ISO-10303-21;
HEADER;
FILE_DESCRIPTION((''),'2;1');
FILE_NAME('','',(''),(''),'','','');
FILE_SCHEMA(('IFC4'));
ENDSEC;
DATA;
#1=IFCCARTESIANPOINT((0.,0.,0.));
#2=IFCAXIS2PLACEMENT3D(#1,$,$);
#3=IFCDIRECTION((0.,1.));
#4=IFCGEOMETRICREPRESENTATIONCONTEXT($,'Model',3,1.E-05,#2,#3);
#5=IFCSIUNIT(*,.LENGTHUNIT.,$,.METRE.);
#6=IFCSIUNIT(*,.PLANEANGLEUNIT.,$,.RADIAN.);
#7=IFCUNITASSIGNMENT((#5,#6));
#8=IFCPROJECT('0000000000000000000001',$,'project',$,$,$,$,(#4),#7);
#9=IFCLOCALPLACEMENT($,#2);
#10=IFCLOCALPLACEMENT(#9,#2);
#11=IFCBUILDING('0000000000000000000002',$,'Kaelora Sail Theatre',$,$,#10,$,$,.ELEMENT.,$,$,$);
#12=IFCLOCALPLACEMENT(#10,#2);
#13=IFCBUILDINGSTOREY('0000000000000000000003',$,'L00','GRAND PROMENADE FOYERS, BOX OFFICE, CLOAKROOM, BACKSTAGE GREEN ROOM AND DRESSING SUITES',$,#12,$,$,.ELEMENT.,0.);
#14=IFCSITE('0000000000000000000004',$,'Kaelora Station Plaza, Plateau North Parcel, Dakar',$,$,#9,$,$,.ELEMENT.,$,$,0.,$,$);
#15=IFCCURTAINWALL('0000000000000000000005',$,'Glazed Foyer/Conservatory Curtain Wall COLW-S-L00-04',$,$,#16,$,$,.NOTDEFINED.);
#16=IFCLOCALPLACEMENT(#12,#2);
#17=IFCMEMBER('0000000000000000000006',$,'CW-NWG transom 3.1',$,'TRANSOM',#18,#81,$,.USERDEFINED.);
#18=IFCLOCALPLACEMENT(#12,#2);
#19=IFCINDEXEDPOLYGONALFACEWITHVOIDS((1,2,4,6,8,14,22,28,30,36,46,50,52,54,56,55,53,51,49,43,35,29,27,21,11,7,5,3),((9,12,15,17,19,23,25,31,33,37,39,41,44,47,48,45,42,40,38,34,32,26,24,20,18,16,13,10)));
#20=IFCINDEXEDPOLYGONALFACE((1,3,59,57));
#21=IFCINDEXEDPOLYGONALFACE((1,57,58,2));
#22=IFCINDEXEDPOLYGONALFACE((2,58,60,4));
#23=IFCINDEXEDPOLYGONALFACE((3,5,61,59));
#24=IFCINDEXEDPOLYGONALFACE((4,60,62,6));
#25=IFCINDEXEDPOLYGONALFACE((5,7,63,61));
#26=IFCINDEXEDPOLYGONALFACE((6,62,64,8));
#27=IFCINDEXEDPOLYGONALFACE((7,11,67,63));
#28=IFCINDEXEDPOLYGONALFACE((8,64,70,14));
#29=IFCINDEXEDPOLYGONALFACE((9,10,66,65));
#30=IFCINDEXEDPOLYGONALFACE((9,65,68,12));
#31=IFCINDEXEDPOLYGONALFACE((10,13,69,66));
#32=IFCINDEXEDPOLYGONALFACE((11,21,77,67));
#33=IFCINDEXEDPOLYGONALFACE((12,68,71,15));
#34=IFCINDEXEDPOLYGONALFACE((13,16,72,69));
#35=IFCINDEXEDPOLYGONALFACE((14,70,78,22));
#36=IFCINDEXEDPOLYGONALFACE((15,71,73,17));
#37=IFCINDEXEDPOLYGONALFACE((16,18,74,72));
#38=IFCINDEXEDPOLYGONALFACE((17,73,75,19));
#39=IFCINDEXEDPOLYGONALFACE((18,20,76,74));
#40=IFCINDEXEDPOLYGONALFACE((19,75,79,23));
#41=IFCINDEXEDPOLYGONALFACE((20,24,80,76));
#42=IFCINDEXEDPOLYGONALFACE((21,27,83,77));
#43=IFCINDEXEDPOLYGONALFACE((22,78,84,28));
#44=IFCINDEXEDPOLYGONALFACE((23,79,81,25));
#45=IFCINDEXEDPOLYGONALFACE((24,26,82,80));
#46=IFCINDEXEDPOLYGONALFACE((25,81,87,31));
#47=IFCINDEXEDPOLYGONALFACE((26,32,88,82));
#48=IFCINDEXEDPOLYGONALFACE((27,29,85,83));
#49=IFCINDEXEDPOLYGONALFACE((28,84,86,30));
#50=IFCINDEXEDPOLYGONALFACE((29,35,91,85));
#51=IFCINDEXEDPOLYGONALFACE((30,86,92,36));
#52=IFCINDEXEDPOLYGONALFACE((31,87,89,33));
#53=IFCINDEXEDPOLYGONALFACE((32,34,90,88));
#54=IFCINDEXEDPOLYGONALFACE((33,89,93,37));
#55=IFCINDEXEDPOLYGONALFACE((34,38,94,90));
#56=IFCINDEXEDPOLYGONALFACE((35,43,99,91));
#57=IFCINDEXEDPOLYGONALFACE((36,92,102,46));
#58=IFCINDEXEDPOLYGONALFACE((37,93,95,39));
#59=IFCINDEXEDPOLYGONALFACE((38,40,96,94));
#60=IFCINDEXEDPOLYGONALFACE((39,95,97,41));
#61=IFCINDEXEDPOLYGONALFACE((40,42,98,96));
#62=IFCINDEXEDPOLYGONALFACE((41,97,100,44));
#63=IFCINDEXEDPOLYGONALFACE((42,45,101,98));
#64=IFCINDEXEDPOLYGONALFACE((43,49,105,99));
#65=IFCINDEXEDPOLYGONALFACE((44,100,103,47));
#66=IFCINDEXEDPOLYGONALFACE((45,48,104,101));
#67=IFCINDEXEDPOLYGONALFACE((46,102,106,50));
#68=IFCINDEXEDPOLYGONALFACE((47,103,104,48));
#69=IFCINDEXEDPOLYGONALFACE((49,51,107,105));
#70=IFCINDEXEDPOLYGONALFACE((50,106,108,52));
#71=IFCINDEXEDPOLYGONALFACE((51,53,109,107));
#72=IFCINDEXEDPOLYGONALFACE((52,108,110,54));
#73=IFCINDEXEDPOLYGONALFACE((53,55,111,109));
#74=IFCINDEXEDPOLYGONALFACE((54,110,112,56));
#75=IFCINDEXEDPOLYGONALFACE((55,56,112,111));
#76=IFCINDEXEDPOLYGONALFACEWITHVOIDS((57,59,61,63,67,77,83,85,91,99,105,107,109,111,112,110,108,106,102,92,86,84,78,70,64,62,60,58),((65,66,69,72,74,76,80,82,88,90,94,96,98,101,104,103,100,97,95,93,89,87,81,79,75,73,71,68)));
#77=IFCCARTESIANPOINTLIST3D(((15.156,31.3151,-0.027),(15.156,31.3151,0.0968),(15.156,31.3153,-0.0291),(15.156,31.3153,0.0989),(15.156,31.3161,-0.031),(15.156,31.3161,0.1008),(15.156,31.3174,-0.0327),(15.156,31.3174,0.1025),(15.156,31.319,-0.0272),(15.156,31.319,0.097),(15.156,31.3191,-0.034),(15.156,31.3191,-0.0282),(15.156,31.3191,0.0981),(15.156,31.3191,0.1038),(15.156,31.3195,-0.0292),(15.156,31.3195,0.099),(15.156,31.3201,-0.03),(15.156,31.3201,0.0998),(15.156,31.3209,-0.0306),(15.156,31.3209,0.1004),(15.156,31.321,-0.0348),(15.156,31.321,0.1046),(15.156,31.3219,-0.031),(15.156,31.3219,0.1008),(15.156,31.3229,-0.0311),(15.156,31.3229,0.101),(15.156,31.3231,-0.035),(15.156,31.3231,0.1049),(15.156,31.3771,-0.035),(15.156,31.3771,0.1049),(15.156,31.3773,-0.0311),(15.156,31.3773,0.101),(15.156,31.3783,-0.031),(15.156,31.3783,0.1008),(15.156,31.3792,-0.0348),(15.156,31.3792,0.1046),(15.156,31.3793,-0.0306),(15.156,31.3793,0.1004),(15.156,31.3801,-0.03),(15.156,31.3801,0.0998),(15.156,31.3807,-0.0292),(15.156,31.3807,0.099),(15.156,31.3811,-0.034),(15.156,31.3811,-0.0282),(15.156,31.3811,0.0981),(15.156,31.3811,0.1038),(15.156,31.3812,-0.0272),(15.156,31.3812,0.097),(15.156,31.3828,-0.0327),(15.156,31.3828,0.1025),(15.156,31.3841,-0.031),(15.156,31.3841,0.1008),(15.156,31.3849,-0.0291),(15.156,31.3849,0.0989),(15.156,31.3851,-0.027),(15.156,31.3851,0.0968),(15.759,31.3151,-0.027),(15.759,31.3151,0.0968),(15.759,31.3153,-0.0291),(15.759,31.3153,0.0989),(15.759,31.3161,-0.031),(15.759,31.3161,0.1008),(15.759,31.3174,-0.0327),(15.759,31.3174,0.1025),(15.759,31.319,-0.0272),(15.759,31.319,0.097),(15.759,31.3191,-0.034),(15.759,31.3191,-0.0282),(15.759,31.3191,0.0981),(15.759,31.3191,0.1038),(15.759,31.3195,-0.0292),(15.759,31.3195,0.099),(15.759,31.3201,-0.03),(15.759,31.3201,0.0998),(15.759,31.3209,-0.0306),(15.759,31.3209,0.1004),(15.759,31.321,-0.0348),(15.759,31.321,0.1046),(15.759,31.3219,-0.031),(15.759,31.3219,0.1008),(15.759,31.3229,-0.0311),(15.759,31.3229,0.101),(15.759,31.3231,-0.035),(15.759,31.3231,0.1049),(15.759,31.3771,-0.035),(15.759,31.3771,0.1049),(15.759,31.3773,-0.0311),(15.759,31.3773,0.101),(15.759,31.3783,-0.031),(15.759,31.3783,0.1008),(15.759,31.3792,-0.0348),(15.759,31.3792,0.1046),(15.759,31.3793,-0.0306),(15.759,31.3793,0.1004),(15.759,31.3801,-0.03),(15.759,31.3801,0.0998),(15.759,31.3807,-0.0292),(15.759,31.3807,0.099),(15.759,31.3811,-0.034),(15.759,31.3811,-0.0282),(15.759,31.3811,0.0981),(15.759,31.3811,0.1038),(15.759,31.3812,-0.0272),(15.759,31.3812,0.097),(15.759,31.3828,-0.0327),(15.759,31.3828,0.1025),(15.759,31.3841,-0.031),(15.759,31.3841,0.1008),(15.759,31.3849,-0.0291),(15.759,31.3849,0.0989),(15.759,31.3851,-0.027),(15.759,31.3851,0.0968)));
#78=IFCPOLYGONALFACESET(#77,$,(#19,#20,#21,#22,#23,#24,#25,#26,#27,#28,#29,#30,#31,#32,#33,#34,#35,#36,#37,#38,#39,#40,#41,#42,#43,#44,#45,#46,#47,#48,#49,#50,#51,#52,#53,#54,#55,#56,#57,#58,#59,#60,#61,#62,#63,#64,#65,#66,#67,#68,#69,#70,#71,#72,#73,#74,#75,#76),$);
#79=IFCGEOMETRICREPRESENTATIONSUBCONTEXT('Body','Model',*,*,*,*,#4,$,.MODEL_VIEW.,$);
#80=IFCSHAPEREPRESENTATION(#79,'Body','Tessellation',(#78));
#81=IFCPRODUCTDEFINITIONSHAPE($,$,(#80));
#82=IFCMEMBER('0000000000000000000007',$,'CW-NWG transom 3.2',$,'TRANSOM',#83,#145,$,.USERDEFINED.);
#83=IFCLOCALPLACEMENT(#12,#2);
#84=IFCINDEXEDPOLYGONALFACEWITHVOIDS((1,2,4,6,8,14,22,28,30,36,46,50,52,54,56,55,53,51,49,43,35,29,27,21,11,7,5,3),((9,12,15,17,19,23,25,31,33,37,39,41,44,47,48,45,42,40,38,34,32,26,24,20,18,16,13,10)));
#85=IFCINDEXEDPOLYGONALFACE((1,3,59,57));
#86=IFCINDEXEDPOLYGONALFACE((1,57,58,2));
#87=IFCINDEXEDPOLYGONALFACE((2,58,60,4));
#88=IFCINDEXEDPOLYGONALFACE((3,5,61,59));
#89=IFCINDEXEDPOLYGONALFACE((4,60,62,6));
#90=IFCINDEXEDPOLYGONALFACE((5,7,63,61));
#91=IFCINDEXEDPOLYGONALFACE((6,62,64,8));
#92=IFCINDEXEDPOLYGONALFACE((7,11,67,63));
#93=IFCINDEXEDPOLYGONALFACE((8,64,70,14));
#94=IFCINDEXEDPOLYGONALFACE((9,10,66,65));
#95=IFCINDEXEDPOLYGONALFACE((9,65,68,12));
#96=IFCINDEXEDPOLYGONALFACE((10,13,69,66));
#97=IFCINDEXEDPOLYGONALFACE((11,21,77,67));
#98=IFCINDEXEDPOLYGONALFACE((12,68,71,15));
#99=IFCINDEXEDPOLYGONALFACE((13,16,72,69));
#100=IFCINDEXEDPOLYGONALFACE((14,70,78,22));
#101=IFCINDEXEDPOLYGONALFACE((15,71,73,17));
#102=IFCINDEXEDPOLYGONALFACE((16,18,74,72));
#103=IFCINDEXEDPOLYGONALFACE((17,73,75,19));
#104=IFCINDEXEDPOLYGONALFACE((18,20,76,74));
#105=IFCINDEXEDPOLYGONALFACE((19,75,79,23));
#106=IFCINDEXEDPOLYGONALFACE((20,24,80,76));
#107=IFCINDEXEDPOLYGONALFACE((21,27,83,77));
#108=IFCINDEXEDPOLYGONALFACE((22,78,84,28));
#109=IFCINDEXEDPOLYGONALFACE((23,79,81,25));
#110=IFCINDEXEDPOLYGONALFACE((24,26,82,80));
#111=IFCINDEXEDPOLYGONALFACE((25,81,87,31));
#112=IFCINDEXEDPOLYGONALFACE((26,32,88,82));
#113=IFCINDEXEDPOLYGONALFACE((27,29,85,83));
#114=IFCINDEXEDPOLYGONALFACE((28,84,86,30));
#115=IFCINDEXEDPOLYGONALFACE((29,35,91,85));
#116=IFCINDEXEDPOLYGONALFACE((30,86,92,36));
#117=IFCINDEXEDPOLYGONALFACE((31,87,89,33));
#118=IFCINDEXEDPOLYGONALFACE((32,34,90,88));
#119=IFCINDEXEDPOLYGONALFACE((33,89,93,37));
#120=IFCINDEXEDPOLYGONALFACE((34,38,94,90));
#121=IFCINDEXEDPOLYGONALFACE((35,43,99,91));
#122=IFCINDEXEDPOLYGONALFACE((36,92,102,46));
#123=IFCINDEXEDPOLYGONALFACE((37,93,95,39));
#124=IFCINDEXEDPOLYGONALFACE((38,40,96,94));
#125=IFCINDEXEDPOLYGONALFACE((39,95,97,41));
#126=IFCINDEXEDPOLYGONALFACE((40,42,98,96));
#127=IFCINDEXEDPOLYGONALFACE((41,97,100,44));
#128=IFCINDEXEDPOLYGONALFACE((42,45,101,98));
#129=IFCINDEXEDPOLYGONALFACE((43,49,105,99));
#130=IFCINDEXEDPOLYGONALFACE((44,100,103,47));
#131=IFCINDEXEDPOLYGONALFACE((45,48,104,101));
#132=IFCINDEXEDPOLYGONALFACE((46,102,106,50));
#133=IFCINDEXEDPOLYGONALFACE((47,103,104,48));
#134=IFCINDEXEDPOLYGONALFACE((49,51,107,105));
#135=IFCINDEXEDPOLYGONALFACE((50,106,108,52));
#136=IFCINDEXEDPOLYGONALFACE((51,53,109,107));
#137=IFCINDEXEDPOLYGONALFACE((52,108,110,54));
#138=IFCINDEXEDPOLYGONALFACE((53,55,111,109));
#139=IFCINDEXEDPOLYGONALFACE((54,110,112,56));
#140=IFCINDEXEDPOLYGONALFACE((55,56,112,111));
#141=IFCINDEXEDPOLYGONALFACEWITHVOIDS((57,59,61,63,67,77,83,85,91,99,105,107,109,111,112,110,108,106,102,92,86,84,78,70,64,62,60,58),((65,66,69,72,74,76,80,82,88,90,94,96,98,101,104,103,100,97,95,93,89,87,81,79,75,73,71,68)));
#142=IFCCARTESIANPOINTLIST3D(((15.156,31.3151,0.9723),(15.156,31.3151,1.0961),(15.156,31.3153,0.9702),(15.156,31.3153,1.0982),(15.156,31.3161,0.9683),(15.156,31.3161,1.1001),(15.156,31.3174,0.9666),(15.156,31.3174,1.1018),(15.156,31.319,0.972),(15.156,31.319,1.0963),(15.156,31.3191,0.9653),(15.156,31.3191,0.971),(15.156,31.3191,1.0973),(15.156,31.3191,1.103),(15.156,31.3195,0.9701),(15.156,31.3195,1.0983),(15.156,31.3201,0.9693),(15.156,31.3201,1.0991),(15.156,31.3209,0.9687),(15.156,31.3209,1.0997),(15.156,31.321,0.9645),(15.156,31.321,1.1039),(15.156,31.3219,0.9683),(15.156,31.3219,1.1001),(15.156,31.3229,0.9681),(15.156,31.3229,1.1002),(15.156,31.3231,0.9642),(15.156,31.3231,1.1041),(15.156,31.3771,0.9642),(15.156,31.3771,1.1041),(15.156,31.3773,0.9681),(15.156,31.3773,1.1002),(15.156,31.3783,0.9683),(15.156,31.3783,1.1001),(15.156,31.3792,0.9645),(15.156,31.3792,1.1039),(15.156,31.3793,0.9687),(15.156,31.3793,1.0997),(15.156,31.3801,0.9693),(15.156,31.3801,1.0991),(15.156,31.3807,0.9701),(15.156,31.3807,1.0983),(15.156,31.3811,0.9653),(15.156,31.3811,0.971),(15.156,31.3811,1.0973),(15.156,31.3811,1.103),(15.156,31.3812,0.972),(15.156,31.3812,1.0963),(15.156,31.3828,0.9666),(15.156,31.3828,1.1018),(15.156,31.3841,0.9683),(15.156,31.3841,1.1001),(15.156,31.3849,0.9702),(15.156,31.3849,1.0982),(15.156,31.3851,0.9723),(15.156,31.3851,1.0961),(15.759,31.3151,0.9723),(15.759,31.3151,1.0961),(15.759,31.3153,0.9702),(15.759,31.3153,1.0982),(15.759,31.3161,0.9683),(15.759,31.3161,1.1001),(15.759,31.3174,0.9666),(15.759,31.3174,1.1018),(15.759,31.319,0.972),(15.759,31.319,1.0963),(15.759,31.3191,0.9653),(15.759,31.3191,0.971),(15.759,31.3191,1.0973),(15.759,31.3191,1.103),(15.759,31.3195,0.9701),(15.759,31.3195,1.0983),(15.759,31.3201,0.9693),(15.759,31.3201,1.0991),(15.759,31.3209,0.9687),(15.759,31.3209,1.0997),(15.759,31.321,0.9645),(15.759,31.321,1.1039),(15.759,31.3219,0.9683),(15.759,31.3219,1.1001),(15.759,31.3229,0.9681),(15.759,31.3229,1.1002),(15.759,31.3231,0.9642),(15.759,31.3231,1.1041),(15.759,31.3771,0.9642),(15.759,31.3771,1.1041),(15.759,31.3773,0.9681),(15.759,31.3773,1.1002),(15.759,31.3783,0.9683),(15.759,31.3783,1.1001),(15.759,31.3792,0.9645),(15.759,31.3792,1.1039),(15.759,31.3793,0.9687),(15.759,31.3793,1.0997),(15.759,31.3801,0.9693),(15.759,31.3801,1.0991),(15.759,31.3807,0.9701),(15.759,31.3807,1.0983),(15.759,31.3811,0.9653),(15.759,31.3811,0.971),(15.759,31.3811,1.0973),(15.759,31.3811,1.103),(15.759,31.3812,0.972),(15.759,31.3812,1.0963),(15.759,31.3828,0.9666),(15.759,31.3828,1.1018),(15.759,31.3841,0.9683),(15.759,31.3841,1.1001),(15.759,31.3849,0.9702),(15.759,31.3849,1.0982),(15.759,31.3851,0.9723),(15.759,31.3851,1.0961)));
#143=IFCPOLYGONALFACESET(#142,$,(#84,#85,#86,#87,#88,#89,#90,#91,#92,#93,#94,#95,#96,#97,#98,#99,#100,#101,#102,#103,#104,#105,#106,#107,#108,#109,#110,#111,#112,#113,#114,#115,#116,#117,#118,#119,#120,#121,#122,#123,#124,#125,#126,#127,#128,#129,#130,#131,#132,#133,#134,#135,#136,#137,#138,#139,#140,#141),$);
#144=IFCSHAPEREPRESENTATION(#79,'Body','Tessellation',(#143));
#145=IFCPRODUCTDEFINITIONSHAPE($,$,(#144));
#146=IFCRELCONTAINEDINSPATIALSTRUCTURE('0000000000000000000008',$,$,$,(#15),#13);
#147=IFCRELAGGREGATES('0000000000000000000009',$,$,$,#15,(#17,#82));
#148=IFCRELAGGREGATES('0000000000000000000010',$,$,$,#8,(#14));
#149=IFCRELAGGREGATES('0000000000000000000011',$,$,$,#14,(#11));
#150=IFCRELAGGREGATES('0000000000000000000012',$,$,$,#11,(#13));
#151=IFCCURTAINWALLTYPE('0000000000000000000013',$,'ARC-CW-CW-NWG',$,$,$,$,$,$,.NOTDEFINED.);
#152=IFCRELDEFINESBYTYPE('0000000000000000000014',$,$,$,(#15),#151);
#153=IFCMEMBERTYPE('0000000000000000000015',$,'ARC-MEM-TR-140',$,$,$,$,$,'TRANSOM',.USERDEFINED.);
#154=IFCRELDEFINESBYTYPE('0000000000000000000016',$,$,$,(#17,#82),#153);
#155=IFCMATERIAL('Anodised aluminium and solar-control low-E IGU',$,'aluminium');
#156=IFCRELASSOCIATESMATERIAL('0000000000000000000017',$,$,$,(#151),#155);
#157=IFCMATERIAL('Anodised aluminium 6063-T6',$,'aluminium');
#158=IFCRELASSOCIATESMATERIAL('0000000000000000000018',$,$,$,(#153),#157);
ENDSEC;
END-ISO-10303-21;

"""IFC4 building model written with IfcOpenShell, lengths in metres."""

from ifc_helpers import new_model, si_unit, direction, frame, origin, origin_2d, place, context, subcontext, project, spatial, hollow_rectangle, extrude, material, material_profile, profile_set, type_object, element, aggregate, save


model = new_model("IFC4")

# Units and contexts
model_context = context("Model", 3, precision=1e-05, world=origin(), true_north=direction((0.0, 1.0)))
body_context = subcontext(model_context, "Body", "Model", "MODEL_VIEW")
ifc_project = project(units=[si_unit("LENGTHUNIT", "METRE"), si_unit("PLANEANGLEUNIT", "RADIAN")], contexts=[model_context])

# Site, building, storey
site_placement = place(None, origin())
site = spatial("IfcSite", under=ifc_project, at=site_placement, Name="Kaelora Station Plaza, Plateau North Parcel, Dakar", CompositionType="ELEMENT", RefElevation=0.0)
building_placement = place(site_placement, origin())
building = spatial("IfcBuilding", under=site, at=building_placement, Name="Kaelora Sail Theatre", CompositionType="ELEMENT")
storey_placement = place(building_placement, origin())
storey = spatial("IfcBuildingStorey", under=building, at=storey_placement, Name="L00", Description="GRAND PROMENADE FOYERS, BOX OFFICE, CLOAKROOM, BACKSTAGE GREEN ROOM AND DRESSING SUITES", CompositionType="ELEMENT", Elevation=0.0)

# Curtain wall, members
ifc_material_1 = material(Name="Anodised aluminium and solar-control low-E IGU", Category="aluminium")
curtain_wall_type = type_object("IfcCurtainWallType", Name="ARC-CW-CW-NWG", PredefinedType="NOTDEFINED", material=ifc_material_1)
curtain_wall_placement = place(storey_placement, origin())
curtain_wall = element("IfcCurtainWall", 1, at=curtain_wall_placement, inside=storey, type_object=curtain_wall_type, Name="Glazed Foyer/Conservatory Curtain Wall COLW-S-L00-04", PredefinedType="NOTDEFINED")
ifc_material_2 = material(Name="Anodised aluminium 6063-T6", Category="aluminium")
ifc_material_profile_1 = material_profile(ifc_material_2, hollow_rectangle(XDim=0.0701, YDim=0.1399, WallThickness=0.0039, InnerFilletRadius=0.0039, OuterFilletRadius=0.0081, at=origin_2d()), Name="ALU-TRAN 70x140x4")
ifc_profile_set_1 = profile_set([ifc_material_profile_1], Name="Anodised aluminium 6063-T6")
member_type_1 = type_object("IfcMemberType", Name="ARC-MEM-TR-140", ElementType="TRANSOM", PredefinedType="USERDEFINED", material=ifc_profile_set_1)
member_1_placement = place(storey_placement, frame((15.156, 31.3501, 0.0349), z_axis=(1.0, 0.0, 0.0), x_axis=(0.0, 1.0, 0.0)))
member_1 = element("IfcMember", 2, at=member_1_placement, type_object=member_type_1, Name="CW-NWG transom 3.1", ObjectType="TRANSOM", PredefinedType="USERDEFINED", context=body_context, shape_type="SweptSolid", body=[
    extrude(hollow_rectangle(XDim=0.0701, YDim=0.1399, WallThickness=0.0039, InnerFilletRadius=0.0039, OuterFilletRadius=0.0081, at=origin_2d()), origin(), (0.0, 0.0, 1.0), 0.603),
])
member_2_placement = place(storey_placement, frame((15.156, 31.3501, 1.0342), z_axis=(1.0, 0.0, 0.0), x_axis=(0.0, 1.0, 0.0)))
member_2 = element("IfcMember", 3, at=member_2_placement, type_object=member_type_1, Name="CW-NWG transom 3.2", ObjectType="TRANSOM", PredefinedType="USERDEFINED", context=body_context, shape_type="SweptSolid", body=[
    extrude(hollow_rectangle(XDim=0.0701, YDim=0.1399, WallThickness=0.0039, InnerFilletRadius=0.0039, OuterFilletRadius=0.0081, at=origin_2d()), origin(), (0.0, 0.0, 1.0), 0.603),
])

aggregate(curtain_wall, [member_1, member_2])

save(model, "model.ifc")
